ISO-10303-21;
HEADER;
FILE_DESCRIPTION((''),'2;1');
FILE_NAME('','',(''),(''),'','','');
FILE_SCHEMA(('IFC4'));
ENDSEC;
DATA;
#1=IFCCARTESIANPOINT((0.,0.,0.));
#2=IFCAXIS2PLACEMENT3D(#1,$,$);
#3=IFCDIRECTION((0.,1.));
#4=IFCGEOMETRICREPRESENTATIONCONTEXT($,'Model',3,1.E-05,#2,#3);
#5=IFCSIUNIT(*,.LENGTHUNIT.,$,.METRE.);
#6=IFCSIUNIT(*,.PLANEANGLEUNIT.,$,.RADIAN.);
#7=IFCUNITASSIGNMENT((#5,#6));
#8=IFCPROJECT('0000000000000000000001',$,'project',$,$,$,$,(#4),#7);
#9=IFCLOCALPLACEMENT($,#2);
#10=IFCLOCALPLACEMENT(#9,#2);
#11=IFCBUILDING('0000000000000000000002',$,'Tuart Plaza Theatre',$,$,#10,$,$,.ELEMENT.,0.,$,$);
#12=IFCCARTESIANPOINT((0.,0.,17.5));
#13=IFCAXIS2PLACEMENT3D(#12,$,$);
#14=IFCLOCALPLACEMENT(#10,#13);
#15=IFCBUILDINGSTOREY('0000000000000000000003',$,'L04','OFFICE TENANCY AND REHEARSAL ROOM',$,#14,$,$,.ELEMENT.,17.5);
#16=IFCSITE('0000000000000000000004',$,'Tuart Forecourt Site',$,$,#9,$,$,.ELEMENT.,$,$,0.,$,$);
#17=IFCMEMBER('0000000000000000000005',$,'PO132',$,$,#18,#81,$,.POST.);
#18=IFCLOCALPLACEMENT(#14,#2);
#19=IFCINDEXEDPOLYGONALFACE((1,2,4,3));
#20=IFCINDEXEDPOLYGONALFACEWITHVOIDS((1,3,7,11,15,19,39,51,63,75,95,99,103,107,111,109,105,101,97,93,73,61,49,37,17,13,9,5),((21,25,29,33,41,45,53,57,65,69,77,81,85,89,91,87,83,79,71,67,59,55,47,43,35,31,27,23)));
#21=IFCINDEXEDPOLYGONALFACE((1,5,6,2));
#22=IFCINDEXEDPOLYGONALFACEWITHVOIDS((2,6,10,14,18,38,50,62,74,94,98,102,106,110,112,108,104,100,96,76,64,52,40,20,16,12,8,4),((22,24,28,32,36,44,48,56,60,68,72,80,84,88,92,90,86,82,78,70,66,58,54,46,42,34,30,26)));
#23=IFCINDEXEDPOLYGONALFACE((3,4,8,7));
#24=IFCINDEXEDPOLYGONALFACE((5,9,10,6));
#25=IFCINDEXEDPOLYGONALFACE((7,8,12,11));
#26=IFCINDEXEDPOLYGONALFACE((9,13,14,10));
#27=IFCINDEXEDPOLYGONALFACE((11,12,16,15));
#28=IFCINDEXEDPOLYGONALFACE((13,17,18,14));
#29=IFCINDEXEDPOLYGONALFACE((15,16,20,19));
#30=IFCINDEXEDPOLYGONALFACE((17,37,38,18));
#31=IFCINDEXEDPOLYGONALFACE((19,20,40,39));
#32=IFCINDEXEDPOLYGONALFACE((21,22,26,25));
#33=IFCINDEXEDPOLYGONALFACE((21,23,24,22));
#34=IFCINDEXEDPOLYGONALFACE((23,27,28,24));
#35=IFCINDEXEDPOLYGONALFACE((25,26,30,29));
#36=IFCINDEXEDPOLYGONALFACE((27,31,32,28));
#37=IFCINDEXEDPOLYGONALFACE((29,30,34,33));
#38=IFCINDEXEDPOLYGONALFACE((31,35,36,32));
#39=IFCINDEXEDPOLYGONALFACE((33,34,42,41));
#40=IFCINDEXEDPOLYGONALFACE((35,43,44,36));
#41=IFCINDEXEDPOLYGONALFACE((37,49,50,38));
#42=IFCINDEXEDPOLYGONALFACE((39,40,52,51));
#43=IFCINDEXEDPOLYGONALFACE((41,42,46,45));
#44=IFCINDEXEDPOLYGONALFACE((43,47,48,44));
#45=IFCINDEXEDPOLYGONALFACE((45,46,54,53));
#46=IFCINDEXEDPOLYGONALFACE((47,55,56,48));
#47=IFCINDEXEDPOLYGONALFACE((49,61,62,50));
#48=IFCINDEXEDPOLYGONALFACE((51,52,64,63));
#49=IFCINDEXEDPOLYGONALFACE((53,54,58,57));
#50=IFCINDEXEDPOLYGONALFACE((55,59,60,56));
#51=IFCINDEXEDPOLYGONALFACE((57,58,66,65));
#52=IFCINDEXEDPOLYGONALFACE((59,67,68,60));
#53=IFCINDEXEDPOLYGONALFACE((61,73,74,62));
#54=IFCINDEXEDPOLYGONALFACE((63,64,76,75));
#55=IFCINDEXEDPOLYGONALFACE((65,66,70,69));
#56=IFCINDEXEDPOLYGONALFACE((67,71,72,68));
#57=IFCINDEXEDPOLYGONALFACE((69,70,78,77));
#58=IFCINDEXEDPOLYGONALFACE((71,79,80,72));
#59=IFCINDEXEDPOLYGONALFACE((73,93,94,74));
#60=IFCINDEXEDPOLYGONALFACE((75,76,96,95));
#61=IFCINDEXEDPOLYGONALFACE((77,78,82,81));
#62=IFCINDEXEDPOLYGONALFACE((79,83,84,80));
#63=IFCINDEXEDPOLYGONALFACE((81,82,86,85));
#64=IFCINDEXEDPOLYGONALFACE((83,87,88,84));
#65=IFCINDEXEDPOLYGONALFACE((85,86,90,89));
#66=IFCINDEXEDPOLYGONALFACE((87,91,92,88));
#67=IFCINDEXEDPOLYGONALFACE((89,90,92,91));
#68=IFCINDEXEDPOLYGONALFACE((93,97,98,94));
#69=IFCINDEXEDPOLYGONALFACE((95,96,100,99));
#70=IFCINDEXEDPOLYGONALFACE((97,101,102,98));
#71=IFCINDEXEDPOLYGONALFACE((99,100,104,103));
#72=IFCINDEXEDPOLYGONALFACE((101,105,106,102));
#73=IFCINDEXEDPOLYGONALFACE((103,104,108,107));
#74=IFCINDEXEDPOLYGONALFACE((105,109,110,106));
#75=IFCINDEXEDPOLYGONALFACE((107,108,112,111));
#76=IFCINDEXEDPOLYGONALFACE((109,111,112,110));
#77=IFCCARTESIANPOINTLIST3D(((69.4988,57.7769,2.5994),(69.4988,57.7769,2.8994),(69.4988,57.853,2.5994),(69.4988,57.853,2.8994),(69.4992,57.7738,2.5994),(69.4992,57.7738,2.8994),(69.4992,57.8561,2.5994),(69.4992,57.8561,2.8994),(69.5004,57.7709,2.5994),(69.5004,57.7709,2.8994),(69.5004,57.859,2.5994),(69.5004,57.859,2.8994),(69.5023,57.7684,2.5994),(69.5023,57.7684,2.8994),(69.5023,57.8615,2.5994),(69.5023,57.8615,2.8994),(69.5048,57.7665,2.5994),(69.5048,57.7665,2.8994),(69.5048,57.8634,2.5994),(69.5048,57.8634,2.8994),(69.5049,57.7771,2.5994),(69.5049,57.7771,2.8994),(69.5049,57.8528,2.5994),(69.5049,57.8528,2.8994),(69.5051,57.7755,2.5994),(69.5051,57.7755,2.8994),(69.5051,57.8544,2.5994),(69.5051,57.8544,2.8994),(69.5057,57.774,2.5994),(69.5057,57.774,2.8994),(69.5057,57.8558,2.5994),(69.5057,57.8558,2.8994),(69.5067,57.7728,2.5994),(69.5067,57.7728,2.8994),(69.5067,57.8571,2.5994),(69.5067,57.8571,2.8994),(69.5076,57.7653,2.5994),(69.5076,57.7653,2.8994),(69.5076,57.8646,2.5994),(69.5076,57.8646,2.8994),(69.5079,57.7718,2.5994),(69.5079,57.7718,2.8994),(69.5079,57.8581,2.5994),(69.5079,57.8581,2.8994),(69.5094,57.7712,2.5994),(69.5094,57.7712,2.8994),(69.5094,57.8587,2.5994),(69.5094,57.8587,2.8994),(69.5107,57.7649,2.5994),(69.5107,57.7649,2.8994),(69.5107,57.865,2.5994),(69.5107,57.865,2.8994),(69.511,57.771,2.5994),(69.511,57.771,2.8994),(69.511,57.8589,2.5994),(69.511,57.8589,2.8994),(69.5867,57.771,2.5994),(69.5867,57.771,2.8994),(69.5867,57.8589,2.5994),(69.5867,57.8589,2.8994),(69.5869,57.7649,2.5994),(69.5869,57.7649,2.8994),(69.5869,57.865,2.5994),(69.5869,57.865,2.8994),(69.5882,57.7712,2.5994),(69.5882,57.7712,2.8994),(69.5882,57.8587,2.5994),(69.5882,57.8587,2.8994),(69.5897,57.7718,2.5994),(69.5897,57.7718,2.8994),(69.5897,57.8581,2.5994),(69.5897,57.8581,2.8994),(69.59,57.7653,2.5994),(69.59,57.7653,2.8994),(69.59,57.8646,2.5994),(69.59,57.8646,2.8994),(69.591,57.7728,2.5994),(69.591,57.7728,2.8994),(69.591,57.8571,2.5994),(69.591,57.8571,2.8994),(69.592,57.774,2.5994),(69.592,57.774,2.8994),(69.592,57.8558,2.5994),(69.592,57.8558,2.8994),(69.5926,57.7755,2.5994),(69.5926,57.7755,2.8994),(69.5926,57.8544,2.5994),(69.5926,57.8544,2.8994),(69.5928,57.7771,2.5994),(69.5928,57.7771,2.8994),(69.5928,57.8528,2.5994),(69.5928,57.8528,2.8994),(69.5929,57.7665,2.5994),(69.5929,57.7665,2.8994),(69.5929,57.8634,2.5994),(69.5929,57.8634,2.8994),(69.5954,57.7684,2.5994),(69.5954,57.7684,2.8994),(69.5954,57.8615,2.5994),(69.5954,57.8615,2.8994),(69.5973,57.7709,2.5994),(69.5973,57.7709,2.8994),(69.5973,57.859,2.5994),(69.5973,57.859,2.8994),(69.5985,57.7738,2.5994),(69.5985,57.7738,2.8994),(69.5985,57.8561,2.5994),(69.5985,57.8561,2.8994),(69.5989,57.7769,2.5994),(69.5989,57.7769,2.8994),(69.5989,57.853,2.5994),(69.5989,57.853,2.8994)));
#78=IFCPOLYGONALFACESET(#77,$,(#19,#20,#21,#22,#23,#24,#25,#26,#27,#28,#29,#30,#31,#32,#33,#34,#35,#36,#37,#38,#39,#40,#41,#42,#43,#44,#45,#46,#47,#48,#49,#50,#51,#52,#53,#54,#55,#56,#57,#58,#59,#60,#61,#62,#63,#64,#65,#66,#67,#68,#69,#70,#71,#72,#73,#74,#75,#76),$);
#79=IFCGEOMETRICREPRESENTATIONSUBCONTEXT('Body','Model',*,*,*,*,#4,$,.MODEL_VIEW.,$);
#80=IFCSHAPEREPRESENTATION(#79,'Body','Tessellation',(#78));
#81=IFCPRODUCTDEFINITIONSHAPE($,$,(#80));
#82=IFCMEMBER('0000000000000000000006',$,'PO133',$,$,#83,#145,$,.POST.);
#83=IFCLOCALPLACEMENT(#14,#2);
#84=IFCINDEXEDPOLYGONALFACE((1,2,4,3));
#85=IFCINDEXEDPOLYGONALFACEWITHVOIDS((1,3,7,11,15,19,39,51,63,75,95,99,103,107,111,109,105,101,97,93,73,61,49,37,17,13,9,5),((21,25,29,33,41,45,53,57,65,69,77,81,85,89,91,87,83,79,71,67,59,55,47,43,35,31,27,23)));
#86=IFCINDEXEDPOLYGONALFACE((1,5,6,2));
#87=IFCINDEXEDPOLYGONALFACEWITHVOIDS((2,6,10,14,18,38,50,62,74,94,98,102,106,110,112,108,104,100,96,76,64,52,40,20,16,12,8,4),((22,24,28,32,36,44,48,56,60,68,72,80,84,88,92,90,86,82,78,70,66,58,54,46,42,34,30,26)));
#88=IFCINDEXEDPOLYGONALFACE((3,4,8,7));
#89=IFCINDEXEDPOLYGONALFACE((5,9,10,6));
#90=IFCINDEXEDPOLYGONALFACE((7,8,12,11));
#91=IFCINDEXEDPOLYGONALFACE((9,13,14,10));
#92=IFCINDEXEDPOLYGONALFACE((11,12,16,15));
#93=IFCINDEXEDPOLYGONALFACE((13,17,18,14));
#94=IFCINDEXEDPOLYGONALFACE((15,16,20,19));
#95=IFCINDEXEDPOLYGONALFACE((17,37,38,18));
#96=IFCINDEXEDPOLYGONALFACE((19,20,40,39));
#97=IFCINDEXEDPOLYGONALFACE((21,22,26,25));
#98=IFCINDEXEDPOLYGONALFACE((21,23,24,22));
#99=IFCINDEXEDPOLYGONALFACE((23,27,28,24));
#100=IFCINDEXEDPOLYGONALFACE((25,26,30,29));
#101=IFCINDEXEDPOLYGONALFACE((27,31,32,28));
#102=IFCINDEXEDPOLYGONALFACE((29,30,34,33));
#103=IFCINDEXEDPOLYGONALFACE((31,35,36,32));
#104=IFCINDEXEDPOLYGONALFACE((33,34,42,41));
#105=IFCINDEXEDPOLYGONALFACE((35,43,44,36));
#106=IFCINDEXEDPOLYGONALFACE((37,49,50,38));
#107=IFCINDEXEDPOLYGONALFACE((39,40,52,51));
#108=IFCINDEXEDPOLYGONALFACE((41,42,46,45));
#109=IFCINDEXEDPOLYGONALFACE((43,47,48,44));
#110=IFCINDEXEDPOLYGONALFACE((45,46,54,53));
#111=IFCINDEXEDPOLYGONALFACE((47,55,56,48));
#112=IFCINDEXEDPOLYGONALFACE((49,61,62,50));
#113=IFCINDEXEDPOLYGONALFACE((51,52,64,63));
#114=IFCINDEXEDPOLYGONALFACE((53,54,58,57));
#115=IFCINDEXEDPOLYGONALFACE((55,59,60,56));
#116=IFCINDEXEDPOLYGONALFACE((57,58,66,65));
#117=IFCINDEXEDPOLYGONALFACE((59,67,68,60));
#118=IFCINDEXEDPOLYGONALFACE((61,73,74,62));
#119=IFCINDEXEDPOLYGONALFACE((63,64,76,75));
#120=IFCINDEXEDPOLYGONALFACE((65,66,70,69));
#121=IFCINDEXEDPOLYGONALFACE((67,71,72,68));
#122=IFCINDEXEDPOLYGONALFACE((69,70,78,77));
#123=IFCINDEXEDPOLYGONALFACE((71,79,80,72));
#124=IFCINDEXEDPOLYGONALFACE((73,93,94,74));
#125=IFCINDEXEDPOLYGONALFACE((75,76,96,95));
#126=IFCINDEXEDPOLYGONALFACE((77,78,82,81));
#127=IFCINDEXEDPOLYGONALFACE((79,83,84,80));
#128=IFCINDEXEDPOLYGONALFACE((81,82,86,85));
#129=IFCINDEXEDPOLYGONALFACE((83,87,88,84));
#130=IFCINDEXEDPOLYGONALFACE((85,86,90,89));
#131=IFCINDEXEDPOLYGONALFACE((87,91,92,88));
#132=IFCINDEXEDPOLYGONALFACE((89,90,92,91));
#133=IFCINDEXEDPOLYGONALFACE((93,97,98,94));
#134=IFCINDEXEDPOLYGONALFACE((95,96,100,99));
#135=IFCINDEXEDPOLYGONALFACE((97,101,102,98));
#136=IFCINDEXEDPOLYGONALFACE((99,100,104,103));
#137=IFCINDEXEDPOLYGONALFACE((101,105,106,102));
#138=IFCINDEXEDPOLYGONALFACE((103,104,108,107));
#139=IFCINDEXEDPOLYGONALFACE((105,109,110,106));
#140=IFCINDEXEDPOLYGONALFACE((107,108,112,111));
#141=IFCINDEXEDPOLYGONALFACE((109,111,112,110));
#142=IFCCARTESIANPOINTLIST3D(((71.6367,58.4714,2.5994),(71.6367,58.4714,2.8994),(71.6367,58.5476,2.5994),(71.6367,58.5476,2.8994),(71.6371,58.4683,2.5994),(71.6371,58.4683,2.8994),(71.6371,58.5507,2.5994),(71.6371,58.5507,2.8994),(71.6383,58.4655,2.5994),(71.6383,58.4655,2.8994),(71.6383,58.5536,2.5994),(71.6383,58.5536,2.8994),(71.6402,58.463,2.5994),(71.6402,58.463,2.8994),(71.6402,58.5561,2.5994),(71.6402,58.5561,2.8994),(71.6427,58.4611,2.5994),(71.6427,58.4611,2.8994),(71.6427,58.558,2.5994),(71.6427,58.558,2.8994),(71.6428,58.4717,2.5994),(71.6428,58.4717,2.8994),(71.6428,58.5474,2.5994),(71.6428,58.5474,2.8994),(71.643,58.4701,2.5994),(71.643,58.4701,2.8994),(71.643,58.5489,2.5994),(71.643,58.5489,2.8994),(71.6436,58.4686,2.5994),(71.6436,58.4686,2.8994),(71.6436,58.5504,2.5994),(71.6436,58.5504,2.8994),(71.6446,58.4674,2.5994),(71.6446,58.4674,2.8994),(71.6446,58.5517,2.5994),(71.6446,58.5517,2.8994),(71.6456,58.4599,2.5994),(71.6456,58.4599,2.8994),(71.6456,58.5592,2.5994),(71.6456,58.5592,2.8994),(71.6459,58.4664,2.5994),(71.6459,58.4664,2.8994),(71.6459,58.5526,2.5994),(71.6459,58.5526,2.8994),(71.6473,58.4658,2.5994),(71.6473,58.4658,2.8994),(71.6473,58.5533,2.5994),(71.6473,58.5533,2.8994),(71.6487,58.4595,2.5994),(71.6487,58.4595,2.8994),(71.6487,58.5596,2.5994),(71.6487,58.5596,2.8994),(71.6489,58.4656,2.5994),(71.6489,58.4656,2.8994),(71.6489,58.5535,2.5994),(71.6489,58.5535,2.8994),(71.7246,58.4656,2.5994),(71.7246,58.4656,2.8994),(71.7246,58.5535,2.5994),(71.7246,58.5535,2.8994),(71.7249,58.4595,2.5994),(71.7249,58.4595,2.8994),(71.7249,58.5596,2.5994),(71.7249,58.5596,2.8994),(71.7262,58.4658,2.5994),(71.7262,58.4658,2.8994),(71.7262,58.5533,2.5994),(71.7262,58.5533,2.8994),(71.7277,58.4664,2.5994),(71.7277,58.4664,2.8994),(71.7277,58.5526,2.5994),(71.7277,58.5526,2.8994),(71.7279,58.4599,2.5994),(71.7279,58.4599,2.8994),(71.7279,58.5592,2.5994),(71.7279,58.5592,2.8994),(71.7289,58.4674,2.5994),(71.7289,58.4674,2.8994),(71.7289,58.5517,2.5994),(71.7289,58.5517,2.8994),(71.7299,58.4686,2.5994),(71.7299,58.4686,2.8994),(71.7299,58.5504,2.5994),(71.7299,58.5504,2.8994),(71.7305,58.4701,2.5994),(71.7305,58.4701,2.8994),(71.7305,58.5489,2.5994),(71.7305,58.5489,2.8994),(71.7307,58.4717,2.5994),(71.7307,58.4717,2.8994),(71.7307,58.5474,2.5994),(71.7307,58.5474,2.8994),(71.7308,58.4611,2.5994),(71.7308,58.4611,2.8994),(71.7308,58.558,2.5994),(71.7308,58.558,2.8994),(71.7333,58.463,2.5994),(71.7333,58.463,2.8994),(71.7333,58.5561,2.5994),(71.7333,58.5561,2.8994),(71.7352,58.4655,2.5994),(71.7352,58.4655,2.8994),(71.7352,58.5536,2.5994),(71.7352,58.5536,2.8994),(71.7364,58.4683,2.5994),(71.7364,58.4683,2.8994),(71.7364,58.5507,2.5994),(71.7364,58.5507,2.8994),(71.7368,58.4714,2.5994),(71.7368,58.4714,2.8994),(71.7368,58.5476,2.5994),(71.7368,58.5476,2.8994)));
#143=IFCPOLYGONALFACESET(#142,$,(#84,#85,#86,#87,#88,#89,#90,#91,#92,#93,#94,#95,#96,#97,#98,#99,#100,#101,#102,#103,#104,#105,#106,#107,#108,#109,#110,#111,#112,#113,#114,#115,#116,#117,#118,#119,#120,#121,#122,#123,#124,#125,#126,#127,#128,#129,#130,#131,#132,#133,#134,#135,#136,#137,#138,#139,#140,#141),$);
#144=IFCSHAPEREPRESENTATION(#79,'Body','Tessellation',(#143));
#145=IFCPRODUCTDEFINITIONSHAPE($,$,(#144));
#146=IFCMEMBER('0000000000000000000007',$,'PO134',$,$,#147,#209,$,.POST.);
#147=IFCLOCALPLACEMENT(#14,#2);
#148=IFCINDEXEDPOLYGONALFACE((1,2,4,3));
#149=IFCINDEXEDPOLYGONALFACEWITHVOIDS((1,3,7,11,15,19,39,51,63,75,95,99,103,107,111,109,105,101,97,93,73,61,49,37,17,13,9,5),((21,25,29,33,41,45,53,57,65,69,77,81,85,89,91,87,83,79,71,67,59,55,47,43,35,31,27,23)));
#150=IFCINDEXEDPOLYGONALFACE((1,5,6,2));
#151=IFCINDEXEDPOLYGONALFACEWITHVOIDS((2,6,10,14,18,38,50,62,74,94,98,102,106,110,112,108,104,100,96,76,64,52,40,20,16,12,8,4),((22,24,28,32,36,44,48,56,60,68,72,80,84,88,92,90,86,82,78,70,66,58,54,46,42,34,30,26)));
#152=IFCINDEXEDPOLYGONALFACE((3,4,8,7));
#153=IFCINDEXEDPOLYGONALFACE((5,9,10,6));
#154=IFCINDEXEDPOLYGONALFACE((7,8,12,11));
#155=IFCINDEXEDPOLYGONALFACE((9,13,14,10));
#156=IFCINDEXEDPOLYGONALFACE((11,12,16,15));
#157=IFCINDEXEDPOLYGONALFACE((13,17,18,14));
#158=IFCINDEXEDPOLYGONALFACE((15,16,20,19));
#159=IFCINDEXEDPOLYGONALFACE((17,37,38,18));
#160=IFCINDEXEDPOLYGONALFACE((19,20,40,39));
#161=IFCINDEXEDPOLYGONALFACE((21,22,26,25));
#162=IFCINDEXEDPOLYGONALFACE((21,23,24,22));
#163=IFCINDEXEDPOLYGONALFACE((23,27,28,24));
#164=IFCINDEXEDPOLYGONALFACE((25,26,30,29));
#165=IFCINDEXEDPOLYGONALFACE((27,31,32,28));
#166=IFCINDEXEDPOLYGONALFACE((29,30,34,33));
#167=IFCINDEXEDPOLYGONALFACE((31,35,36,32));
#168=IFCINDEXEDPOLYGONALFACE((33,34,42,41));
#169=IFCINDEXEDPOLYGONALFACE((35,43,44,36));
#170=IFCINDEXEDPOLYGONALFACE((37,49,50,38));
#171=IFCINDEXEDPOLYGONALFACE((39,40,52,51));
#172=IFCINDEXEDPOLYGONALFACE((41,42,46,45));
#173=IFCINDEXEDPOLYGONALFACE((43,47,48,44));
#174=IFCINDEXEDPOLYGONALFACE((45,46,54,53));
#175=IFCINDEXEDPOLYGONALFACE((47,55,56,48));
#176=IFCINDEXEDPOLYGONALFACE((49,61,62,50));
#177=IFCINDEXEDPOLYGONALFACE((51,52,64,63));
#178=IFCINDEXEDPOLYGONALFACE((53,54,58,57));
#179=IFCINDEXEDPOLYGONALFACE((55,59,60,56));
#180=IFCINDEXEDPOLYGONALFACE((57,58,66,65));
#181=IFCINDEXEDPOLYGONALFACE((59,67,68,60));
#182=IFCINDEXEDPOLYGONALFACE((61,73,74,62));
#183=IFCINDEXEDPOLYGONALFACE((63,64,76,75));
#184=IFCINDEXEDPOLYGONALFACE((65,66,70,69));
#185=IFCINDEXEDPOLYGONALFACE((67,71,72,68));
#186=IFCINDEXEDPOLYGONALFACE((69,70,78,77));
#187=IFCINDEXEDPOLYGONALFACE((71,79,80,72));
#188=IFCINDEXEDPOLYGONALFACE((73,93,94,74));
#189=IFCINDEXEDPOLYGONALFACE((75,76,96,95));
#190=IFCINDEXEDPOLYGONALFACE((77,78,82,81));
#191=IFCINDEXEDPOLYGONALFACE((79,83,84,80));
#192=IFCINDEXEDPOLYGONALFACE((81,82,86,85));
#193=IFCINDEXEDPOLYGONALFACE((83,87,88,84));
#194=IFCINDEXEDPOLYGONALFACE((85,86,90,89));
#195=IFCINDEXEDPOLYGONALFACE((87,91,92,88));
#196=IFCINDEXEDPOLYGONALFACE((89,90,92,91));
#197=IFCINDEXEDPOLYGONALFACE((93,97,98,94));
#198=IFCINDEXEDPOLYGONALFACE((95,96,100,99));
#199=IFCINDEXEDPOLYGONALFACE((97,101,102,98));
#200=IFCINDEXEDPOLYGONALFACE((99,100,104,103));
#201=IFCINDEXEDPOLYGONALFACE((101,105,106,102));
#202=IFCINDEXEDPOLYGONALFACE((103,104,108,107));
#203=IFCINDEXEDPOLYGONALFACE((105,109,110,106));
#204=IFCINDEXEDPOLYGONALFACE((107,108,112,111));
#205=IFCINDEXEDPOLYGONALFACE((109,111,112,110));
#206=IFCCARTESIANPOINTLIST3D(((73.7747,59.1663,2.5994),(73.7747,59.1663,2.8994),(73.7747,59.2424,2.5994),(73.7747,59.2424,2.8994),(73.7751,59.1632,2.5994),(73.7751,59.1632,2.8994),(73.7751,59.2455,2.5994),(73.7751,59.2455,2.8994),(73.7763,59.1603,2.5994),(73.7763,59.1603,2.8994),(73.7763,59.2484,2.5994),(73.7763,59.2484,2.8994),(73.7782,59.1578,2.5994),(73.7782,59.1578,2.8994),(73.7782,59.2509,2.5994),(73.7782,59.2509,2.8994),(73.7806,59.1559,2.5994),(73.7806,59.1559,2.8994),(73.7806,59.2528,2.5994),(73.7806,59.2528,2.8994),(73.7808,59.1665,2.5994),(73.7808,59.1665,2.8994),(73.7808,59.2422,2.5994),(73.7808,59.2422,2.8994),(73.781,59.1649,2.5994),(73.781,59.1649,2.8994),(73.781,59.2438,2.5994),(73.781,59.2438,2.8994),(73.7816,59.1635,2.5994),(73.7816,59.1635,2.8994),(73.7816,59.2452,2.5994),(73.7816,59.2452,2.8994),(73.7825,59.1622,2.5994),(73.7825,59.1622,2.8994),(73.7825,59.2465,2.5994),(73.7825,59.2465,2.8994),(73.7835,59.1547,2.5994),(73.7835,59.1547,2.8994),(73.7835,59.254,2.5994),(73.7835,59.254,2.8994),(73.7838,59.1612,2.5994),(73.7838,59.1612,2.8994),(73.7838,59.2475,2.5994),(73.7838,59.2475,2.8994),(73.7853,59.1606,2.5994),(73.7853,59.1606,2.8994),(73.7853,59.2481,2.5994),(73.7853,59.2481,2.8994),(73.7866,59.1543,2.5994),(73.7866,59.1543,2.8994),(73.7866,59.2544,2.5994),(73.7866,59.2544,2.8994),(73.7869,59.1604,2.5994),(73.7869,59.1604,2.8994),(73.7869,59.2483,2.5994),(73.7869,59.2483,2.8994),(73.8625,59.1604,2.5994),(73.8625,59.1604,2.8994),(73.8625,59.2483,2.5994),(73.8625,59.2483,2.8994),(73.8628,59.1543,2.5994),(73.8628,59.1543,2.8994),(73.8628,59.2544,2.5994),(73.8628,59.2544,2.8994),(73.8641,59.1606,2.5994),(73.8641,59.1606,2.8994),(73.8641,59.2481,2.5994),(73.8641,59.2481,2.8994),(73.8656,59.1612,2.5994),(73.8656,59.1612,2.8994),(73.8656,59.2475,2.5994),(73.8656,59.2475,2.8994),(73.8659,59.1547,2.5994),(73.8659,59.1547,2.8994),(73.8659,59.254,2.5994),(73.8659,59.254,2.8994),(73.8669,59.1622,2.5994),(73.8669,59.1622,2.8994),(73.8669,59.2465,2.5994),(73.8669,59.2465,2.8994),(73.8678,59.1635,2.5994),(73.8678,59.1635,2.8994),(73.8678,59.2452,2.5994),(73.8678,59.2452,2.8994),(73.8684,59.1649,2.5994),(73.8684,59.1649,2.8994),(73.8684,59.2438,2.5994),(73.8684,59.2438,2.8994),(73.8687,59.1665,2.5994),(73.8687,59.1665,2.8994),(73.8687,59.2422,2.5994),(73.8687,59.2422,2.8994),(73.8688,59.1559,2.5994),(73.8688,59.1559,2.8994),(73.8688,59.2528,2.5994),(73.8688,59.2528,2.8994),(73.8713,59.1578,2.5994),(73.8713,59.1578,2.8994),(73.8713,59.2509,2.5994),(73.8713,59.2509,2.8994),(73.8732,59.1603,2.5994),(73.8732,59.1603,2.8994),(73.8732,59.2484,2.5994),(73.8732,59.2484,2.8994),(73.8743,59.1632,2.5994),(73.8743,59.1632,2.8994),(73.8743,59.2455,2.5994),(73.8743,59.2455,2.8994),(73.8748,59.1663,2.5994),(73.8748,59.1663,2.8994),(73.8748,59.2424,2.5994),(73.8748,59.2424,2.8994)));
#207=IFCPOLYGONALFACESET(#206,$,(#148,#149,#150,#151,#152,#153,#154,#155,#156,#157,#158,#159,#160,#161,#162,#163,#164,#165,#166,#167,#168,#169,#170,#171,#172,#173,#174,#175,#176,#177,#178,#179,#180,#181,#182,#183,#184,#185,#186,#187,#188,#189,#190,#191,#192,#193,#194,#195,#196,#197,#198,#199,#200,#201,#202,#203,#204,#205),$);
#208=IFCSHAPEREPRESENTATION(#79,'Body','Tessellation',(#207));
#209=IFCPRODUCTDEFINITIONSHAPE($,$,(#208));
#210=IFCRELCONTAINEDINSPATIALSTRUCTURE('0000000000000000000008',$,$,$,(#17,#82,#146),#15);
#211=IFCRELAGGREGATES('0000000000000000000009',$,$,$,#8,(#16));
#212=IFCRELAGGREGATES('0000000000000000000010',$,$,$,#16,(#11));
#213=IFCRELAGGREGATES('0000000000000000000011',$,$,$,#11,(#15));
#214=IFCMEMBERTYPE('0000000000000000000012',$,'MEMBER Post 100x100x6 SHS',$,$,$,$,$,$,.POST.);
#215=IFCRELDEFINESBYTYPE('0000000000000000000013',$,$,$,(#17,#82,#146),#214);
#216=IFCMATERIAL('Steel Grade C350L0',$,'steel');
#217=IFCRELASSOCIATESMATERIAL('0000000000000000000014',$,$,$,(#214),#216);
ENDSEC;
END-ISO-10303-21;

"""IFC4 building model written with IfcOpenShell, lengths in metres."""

from ifc_helpers import new_model, si_unit, direction, frame, origin, origin_2d, place, context, subcontext, project, spatial, hollow_rectangle, extrude, material, material_profile, profile_set, type_object, element, save


model = new_model("IFC4")

# Units and contexts
model_context = context("Model", 3, precision=1e-05, world=origin(), true_north=direction((0.0, 1.0)))
body_context = subcontext(model_context, "Body", "Model", "MODEL_VIEW")
ifc_project = project(units=[si_unit("LENGTHUNIT", "METRE"), si_unit("PLANEANGLEUNIT", "RADIAN")], contexts=[model_context])

# Site, building, storey
site_placement = place(None, origin())
site = spatial("IfcSite", under=ifc_project, at=site_placement, Name="Tuart Forecourt Site", CompositionType="ELEMENT", RefElevation=0.0)
building_placement = place(site_placement, origin())
building = spatial("IfcBuilding", under=site, at=building_placement, Name="Tuart Plaza Theatre", CompositionType="ELEMENT", ElevationOfRefHeight=0.0)
storey_placement = place(building_placement, frame((0.0, 0.0, 17.5)))
storey = spatial("IfcBuildingStorey", under=building, at=storey_placement, Name="L04", Description="OFFICE TENANCY AND REHEARSAL ROOM", CompositionType="ELEMENT", Elevation=17.5)

# Members
ifc_material_1 = material(Name="Steel Grade C350L0", Category="steel")
ifc_material_profile_1 = material_profile(ifc_material_1, hollow_rectangle(XDim=0.1001, YDim=0.1001, WallThickness=0.0061, InnerFilletRadius=0.0061, OuterFilletRadius=0.012, at=origin_2d()), Name="100x100x6 SHS")
ifc_profile_set_1 = profile_set([ifc_material_profile_1], Name="Steel Grade C350L0")
member_type_1 = type_object("IfcMemberType", Name="MEMBER Post 100x100x6 SHS", PredefinedType="POST", material=ifc_profile_set_1)
for number, where, z_axis, x_axis, name in (
    (1, (69.5488, 57.8149, 2.5994), (0.0, 0.0, 1.0), (1.0, 0.0, 0.0), "PO132"),
    (2, (71.6868, 58.5095, 2.5994), (0.0, 0.0, 1.0), (1.0, 0.0, 0.0), "PO133"),
    (3, (73.8247, 59.2043, 2.5994), (0.0, 0.0, 1.0), (1.0, 0.0, 0.0), "PO134"),
):
    element("IfcMember", number, at=place(storey_placement, frame(where, z_axis=z_axis, x_axis=x_axis)), inside=storey, type_object=member_type_1, Name=name, PredefinedType="POST", context=body_context, shape_type="SweptSolid", body=[
        extrude(hollow_rectangle(XDim=0.1001, YDim=0.1001, WallThickness=0.0061, InnerFilletRadius=0.0061, OuterFilletRadius=0.012, at=origin_2d()), origin(), (0.0, 0.0, 1.0), 0.3),
    ])

save(model, "model.ifc")
